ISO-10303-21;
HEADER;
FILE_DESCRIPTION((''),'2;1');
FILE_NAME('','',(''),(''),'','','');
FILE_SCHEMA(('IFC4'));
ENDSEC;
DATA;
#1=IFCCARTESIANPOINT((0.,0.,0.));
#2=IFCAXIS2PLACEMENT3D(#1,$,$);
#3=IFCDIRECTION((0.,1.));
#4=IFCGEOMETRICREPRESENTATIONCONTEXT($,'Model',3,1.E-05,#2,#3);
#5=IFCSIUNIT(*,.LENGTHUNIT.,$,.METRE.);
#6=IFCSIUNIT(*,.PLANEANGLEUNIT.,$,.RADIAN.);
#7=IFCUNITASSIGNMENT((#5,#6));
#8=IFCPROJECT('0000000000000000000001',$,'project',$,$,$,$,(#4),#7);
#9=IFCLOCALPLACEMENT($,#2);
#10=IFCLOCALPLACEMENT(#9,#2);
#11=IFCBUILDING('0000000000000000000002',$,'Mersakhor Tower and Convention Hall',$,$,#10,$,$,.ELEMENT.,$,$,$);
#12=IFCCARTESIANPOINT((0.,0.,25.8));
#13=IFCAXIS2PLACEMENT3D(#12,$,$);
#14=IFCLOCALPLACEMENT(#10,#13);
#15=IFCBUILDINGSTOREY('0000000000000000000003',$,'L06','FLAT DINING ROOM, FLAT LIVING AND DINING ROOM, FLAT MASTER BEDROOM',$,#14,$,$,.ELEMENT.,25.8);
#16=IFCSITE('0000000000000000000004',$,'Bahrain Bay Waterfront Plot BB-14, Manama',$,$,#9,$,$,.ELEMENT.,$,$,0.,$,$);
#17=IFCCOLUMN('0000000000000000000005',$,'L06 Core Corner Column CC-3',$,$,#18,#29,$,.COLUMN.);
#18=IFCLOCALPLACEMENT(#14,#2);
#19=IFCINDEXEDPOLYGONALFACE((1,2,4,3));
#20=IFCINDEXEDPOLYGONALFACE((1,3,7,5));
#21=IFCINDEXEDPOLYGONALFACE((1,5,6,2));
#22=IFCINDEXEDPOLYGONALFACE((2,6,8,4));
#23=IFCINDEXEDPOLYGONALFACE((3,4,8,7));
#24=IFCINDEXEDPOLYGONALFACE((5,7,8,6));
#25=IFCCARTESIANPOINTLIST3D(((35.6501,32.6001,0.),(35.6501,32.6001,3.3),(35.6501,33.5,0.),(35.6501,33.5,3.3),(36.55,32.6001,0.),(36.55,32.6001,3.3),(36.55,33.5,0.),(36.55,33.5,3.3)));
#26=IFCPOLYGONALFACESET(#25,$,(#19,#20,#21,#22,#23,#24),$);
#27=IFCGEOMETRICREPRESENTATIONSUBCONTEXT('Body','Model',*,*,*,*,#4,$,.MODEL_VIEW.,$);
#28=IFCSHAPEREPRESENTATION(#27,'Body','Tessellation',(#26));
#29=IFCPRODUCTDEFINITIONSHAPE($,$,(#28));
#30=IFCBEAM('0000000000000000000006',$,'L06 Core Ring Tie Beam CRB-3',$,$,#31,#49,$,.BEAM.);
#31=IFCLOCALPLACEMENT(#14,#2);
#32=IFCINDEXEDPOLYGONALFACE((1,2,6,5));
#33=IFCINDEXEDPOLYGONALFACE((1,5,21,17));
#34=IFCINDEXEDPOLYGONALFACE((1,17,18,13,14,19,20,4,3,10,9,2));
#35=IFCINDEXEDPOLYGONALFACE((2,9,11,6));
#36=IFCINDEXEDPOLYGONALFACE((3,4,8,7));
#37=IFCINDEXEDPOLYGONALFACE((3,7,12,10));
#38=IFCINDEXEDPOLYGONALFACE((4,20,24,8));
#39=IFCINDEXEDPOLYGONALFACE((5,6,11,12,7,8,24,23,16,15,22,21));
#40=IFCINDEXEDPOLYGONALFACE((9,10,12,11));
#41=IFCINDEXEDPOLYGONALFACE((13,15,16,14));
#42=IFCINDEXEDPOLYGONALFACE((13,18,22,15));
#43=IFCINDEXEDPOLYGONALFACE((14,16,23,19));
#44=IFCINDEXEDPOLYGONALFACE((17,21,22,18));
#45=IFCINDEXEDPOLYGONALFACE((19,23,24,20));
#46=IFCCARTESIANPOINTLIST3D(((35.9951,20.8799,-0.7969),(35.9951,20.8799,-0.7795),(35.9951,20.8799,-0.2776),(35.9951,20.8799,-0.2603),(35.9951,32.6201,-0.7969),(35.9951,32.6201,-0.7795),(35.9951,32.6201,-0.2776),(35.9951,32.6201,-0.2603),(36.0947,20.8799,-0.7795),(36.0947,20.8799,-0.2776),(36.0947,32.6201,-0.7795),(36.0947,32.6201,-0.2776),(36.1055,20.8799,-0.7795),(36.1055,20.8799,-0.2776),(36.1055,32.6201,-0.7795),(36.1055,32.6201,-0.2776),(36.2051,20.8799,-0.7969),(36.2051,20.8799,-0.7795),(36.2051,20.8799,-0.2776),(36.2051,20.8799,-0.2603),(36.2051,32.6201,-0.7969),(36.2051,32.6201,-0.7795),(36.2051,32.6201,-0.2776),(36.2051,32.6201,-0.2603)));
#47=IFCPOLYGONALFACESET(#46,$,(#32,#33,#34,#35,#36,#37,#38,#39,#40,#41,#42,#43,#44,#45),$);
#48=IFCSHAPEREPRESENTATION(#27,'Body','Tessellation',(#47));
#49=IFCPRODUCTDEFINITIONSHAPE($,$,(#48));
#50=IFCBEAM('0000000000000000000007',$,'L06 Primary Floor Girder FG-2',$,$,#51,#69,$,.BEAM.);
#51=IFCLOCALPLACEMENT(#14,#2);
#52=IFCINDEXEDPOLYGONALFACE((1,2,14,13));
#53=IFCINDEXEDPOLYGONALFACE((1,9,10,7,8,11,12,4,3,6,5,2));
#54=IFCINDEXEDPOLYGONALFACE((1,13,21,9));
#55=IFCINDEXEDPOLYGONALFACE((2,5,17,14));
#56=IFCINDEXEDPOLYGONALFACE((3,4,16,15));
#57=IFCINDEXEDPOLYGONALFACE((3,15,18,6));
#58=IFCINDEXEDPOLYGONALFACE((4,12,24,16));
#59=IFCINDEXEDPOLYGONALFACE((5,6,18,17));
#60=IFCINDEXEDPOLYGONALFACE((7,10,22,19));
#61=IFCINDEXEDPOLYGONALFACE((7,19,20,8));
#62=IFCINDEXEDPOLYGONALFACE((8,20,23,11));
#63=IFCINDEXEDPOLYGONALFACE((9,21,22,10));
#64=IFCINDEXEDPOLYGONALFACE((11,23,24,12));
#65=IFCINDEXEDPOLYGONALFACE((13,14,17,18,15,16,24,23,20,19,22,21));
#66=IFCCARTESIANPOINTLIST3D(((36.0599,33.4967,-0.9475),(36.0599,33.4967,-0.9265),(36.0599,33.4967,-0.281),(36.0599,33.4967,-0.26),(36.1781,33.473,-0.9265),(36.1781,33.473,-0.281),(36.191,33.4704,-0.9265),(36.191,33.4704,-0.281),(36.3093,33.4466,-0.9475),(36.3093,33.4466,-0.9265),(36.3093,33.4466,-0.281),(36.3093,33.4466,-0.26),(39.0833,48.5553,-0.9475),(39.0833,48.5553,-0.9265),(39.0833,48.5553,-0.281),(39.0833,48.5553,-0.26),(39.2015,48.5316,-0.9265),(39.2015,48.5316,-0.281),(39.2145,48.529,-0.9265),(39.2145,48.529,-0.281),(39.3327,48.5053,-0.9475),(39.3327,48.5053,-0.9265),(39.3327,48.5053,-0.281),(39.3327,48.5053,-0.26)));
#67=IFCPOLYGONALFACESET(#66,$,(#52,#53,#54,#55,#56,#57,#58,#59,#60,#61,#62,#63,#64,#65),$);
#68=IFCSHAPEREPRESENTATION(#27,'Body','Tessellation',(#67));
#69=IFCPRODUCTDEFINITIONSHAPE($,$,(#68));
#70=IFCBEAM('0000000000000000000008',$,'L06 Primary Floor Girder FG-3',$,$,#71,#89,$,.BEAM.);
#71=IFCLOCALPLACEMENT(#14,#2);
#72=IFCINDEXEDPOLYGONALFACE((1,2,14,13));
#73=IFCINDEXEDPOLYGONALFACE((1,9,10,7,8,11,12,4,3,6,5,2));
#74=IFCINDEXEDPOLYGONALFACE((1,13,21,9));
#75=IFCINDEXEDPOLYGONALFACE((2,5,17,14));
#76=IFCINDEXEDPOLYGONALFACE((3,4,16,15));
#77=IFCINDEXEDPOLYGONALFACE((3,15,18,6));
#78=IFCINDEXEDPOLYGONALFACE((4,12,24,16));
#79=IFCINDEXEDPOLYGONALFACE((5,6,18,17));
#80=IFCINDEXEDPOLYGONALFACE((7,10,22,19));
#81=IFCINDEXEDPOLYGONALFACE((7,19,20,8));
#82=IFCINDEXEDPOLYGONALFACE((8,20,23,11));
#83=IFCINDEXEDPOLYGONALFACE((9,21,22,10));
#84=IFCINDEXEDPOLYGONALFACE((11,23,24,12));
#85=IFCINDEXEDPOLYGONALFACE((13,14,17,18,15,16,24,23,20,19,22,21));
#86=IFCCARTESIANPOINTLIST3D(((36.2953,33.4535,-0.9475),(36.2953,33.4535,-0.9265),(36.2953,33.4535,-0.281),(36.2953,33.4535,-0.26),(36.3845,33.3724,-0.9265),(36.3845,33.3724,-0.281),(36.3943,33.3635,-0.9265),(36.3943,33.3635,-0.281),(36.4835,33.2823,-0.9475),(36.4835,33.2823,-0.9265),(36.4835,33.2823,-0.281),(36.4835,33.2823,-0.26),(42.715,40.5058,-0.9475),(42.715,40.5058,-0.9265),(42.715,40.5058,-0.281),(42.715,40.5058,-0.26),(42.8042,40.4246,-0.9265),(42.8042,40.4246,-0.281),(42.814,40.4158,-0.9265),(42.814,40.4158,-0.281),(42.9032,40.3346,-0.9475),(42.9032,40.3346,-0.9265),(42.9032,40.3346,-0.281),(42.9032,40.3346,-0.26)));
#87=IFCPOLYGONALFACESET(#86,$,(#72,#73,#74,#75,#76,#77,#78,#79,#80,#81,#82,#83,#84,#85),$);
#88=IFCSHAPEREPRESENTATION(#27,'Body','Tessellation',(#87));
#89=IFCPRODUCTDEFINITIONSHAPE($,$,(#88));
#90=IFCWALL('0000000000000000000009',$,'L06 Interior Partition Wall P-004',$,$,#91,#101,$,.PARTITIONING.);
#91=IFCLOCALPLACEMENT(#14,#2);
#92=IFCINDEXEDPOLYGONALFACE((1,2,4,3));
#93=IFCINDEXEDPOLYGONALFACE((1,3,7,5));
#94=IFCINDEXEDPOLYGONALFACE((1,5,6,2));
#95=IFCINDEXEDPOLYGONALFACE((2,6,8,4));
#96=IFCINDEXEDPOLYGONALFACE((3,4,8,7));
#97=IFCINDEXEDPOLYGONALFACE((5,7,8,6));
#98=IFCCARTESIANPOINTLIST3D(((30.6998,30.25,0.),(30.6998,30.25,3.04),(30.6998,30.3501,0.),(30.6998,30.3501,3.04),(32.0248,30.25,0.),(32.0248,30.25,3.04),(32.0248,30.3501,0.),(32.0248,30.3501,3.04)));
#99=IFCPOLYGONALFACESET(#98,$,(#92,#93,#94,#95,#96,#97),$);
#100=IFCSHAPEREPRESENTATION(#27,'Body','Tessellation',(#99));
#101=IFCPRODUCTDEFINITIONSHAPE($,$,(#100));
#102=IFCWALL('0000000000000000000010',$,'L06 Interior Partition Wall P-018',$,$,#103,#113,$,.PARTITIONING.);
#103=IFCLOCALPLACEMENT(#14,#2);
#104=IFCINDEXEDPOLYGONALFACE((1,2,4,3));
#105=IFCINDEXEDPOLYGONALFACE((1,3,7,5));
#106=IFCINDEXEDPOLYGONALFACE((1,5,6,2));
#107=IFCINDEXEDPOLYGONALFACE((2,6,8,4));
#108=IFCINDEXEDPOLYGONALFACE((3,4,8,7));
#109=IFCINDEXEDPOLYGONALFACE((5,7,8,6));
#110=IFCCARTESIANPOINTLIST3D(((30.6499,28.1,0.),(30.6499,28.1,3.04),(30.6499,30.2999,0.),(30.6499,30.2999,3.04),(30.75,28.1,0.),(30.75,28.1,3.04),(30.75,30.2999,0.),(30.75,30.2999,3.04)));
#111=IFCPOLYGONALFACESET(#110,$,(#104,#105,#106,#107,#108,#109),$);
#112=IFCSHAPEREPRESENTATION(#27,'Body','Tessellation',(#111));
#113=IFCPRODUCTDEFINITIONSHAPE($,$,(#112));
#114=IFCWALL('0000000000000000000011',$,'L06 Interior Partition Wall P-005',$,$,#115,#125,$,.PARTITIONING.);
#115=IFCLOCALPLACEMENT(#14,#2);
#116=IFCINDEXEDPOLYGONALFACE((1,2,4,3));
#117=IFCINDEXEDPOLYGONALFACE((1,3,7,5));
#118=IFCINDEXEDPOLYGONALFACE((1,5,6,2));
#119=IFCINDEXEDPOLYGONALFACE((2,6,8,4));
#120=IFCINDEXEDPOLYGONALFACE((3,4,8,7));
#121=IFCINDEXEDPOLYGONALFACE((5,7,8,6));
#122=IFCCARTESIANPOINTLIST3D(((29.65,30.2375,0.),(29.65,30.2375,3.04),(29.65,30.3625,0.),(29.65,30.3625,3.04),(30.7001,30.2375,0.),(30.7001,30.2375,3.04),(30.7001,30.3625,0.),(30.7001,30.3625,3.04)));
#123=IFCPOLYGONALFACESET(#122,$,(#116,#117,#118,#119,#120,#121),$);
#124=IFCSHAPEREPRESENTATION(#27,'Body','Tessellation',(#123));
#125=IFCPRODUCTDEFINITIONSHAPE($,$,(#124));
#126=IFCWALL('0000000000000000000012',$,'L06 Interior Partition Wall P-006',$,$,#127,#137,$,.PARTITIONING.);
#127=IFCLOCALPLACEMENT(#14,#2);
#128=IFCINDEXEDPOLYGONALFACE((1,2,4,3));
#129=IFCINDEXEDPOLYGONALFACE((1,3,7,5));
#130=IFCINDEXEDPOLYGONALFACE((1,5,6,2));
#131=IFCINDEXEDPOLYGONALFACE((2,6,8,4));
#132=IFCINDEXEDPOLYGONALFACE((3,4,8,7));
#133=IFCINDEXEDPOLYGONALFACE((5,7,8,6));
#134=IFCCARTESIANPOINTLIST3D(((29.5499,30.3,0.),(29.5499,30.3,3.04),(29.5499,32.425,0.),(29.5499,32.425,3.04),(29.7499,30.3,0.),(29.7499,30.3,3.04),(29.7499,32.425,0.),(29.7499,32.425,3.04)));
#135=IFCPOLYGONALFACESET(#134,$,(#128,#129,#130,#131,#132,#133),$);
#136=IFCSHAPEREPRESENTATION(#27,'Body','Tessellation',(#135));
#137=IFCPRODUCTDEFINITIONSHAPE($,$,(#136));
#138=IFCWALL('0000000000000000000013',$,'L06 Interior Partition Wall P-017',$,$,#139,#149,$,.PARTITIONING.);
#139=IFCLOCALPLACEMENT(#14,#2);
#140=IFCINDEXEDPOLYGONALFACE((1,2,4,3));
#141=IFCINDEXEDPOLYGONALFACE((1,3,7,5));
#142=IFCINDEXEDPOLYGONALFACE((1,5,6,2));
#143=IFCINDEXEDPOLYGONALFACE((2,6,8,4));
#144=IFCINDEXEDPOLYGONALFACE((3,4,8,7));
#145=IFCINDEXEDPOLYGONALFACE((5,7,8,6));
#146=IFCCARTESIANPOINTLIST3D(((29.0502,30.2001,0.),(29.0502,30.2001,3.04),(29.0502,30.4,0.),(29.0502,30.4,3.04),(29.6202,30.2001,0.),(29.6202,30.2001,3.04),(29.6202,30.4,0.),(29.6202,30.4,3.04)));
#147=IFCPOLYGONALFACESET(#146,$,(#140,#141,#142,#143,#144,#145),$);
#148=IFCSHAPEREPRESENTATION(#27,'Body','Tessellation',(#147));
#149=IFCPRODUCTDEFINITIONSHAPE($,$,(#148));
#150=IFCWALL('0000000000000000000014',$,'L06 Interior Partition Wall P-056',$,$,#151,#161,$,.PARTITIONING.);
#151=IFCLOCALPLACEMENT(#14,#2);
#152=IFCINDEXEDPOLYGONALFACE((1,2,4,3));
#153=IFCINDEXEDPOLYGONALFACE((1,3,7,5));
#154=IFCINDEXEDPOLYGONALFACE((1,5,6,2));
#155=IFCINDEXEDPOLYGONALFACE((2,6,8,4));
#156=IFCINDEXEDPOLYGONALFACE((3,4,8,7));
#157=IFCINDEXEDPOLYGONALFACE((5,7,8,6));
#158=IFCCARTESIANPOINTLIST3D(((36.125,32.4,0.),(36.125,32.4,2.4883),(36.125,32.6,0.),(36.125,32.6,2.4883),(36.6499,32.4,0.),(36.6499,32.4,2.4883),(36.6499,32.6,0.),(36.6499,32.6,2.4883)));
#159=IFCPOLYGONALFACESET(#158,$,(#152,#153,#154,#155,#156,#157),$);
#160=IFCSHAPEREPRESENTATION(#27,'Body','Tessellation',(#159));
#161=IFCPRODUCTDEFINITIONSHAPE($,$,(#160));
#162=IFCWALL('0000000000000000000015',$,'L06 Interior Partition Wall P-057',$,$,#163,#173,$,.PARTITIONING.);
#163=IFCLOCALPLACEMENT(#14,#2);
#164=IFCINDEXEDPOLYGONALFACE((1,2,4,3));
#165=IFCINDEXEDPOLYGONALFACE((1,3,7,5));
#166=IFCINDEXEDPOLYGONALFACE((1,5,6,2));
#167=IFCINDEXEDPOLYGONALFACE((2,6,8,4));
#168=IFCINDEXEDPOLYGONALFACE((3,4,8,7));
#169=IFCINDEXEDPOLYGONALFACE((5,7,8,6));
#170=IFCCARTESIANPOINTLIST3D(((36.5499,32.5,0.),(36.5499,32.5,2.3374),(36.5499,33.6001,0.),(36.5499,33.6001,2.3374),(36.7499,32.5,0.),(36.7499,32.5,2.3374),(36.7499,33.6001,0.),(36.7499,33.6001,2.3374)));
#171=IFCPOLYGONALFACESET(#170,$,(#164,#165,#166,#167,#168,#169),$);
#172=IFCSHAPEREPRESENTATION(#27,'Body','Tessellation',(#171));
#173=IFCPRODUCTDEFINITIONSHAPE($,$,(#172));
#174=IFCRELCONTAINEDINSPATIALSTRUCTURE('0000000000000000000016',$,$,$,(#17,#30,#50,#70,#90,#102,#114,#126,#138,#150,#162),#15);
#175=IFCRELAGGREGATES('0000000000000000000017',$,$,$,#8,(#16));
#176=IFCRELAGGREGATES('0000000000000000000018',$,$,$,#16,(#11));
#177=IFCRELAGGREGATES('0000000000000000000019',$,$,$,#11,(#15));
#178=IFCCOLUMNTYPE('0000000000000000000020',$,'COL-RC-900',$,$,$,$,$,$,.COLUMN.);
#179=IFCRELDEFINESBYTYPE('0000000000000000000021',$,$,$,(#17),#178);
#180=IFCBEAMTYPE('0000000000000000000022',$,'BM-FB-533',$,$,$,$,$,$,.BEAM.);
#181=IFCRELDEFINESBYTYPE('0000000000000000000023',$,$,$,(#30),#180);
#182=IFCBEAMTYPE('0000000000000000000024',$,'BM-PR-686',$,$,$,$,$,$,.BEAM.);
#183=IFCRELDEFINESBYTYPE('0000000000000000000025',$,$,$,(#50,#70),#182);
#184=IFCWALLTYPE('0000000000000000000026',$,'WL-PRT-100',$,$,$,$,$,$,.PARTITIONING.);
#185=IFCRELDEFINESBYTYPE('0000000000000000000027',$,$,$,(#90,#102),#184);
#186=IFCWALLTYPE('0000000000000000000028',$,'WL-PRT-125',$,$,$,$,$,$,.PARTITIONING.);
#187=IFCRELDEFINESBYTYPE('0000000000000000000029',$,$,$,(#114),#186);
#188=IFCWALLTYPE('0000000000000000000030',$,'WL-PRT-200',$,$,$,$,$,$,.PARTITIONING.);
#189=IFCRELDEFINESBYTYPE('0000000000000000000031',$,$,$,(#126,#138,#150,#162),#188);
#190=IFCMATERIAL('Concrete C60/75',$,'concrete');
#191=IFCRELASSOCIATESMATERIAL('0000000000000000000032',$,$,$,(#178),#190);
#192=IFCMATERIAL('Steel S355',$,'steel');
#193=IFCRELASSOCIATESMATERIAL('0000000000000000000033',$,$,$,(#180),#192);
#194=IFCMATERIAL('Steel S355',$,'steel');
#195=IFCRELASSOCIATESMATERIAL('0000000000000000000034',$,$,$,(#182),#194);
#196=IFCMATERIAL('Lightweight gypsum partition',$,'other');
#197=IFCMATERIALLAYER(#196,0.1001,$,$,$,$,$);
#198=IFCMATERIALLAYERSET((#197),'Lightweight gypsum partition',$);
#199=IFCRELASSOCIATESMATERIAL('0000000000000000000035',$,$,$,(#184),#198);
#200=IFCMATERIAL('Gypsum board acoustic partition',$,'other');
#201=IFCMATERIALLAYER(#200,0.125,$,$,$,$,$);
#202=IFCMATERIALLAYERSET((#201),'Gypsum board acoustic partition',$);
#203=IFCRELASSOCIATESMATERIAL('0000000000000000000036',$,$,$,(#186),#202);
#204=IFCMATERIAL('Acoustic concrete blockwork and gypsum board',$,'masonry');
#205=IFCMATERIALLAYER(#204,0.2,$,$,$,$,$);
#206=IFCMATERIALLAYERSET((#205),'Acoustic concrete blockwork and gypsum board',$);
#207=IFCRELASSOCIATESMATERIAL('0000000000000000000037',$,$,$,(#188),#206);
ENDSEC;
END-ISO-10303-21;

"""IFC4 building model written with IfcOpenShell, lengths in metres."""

from ifc_helpers import new_model, si_unit, direction, frame, frame_2d, origin, origin_2d, place, context, subcontext, project, spatial, rectangle, i_section, extrude, material, layer, layer_set, material_profile, profile_set, type_object, element, save


model = new_model("IFC4")

# Units and contexts
model_context = context("Model", 3, precision=1e-05, world=origin(), true_north=direction((0.0, 1.0)))
body_context = subcontext(model_context, "Body", "Model", "MODEL_VIEW")
ifc_project = project(units=[si_unit("LENGTHUNIT", "METRE"), si_unit("PLANEANGLEUNIT", "RADIAN")], contexts=[model_context])

# Site, building, storey
site_placement = place(None, origin())
site = spatial("IfcSite", under=ifc_project, at=site_placement, Name="Bahrain Bay Waterfront Plot BB-14, Manama", CompositionType="ELEMENT", RefElevation=0.0)
building_placement = place(site_placement, origin())
building = spatial("IfcBuilding", under=site, at=building_placement, Name="Mersakhor Tower and Convention Hall", CompositionType="ELEMENT")
storey_placement = place(building_placement, frame((0.0, 0.0, 25.8)))
storey = spatial("IfcBuildingStorey", under=building, at=storey_placement, Name="L06", Description="FLAT DINING ROOM, FLAT LIVING AND DINING ROOM, FLAT MASTER BEDROOM", CompositionType="ELEMENT", Elevation=25.8)

# Column
ifc_material_1 = material(Name="Concrete C60/75", Category="concrete")
ifc_material_profile_1 = material_profile(ifc_material_1, rectangle(XDim=0.8999, YDim=0.8999, at=origin_2d()), Name="RC 900x900")
ifc_profile_set_1 = profile_set([ifc_material_profile_1], Name="Concrete C60/75")
column_type = type_object("IfcColumnType", Name="COL-RC-900", PredefinedType="COLUMN", material=ifc_profile_set_1)
column_placement = place(storey_placement, frame((36.1001, 33.05, 0.0), z_axis=(0.0, 0.0, 1.0), x_axis=(1.0, 0.0, 0.0)))
element("IfcColumn", 1, at=column_placement, inside=storey, type_object=column_type, Name="L06 Core Corner Column CC-3", PredefinedType="COLUMN", context=body_context, shape_type="SweptSolid", body=[
    extrude(rectangle(XDim=0.8999, YDim=0.8999, at=origin_2d()), origin(), (0.0, 0.0, 1.0), 3.3),
])

# Beams
ifc_material_2 = material(Name="Steel S355", Category="steel")
ifc_material_profile_2 = material_profile(ifc_material_2, i_section(OverallWidth=0.21, OverallDepth=0.5366, WebThickness=0.0107, FlangeThickness=0.0173, at=origin_2d()), Name="UB 533x210x101")
ifc_profile_set_2 = profile_set([ifc_material_profile_2], Name="Steel S355")
beam_type_1 = type_object("IfcBeamType", Name="BM-FB-533", PredefinedType="BEAM", material=ifc_profile_set_2)
beam_1_placement = place(storey_placement, frame((36.1001, 32.6201, -0.5286), z_axis=(0.0, -1.0, 0.0), x_axis=(1.0, 0.0, 0.0)))
element("IfcBeam", 2, at=beam_1_placement, inside=storey, type_object=beam_type_1, Name="L06 Core Ring Tie Beam CRB-3", PredefinedType="BEAM", context=body_context, shape_type="SweptSolid", body=[
    extrude(i_section(OverallWidth=0.21, OverallDepth=0.5366, WebThickness=0.0107, FlangeThickness=0.0173, at=origin_2d()), origin(), (0.0, 0.0, 1.0), 11.7402),
])
ifc_material_3 = material(Name="Steel S355", Category="steel")
ifc_material_profile_3 = material_profile(ifc_material_3, i_section(OverallWidth=0.2544, OverallDepth=0.6875, WebThickness=0.0132, FlangeThickness=0.021, at=origin_2d()), Name="UB 686x254x152")
ifc_profile_set_3 = profile_set([ifc_material_profile_3], Name="Steel S355")
beam_type_2 = type_object("IfcBeamType", Name="BM-PR-686", PredefinedType="BEAM", material=ifc_profile_set_3)
beam_2_placement = place(storey_placement, frame((36.1846, 33.4717, -0.6038), z_axis=(0.19685, 0.980434, 0.0), x_axis=(-0.980434, 0.19685, 0.0)))
element("IfcBeam", 3, at=beam_2_placement, inside=storey, type_object=beam_type_2, Name="L06 Primary Floor Girder FG-2", PredefinedType="BEAM", context=body_context, shape_type="SweptSolid", body=[
    extrude(i_section(OverallWidth=0.2544, OverallDepth=0.6875, WebThickness=0.0132, FlangeThickness=0.021, at=origin_2d()), origin(), (0.0, 0.0, 1.0), 15.3591),
])
beam_3_placement = place(storey_placement, frame((36.3894, 33.3679, -0.6038), z_axis=(0.673163, 0.739494, 0.0), x_axis=(-0.739494, 0.673163, 0.0)))
element("IfcBeam", 4, at=beam_3_placement, inside=storey, type_object=beam_type_2, Name="L06 Primary Floor Girder FG-3", PredefinedType="BEAM", context=body_context, shape_type="SweptSolid", body=[
    extrude(i_section(OverallWidth=0.2544, OverallDepth=0.6875, WebThickness=0.0132, FlangeThickness=0.021, at=origin_2d()), origin(), (0.0, 0.0, 1.0), 9.5366),
])

# Walls
ifc_material_4 = material(Name="Lightweight gypsum partition", Category="other")
ifc_layer_1 = layer(ifc_material_4, 0.1001)
ifc_layer_set_1 = layer_set([ifc_layer_1], Name="Lightweight gypsum partition")
wall_type_1 = type_object("IfcWallType", Name="WL-PRT-100", PredefinedType="PARTITIONING", material=ifc_layer_set_1)
wall_1_placement = place(storey_placement, frame((32.0249, 30.3, 0.0), z_axis=(0.0, 0.0, 1.0), x_axis=(-1.0, 0.0, 0.0)))
element("IfcWall", 5, at=wall_1_placement, inside=storey, type_object=wall_type_1, Name="L06 Interior Partition Wall P-004", PredefinedType="PARTITIONING", context=body_context, shape_type="SweptSolid", body=[
    extrude(rectangle(XDim=1.325, YDim=0.1001, at=frame_2d((0.6626, 0.0))), origin(), (0.0, 0.0, 1.0), 3.04),
])
wall_2_placement = place(storey_placement, frame((30.7, 30.3, 0.0), z_axis=(0.0, 0.0, 1.0), x_axis=(0.0, -1.0, 0.0)))
element("IfcWall", 6, at=wall_2_placement, inside=storey, type_object=wall_type_1, Name="L06 Interior Partition Wall P-018", PredefinedType="PARTITIONING", context=body_context, shape_type="SweptSolid", body=[
    extrude(rectangle(XDim=2.2, YDim=0.1001, at=frame_2d((1.1001, 0.0))), origin(), (0.0, 0.0, 1.0), 3.04),
])
ifc_material_5 = material(Name="Gypsum board acoustic partition", Category="other")
ifc_layer_2 = layer(ifc_material_5, 0.125)
ifc_layer_set_2 = layer_set([ifc_layer_2], Name="Gypsum board acoustic partition")
wall_type_2 = type_object("IfcWallType", Name="WL-PRT-125", PredefinedType="PARTITIONING", material=ifc_layer_set_2)
wall_3_placement = place(storey_placement, frame((30.7, 30.3, 0.0), z_axis=(0.0, 0.0, 1.0), x_axis=(-1.0, 0.0, 0.0)))
element("IfcWall", 7, at=wall_3_placement, inside=storey, type_object=wall_type_2, Name="L06 Interior Partition Wall P-005", PredefinedType="PARTITIONING", context=body_context, shape_type="SweptSolid", body=[
    extrude(rectangle(XDim=1.05, YDim=0.125, at=frame_2d((0.5249, 0.0))), origin(), (0.0, 0.0, 1.0), 3.04),
])
ifc_material_6 = material(Name="Acoustic concrete blockwork and gypsum board", Category="masonry")
ifc_layer_3 = layer(ifc_material_6, 0.2)
ifc_layer_set_3 = layer_set([ifc_layer_3], Name="Acoustic concrete blockwork and gypsum board")
wall_type_3 = type_object("IfcWallType", Name="WL-PRT-200", PredefinedType="PARTITIONING", material=ifc_layer_set_3)
wall_4_placement = place(storey_placement, frame((29.6499, 30.3, 0.0), z_axis=(0.0, 0.0, 1.0), x_axis=(0.0, 1.0, 0.0)))
element("IfcWall", 8, at=wall_4_placement, inside=storey, type_object=wall_type_3, Name="L06 Interior Partition Wall P-006", PredefinedType="PARTITIONING", context=body_context, shape_type="SweptSolid", body=[
    extrude(rectangle(XDim=2.125, YDim=0.2, at=frame_2d((1.0625, 0.0))), origin(), (0.0, 0.0, 1.0), 3.04),
])
wall_5_placement = place(storey_placement, frame((29.05, 30.3, 0.0), z_axis=(0.0, 0.0, 1.0), x_axis=(1.0, 0.0, 0.0)))
element("IfcWall", 9, at=wall_5_placement, inside=storey, type_object=wall_type_3, Name="L06 Interior Partition Wall P-017", PredefinedType="PARTITIONING", context=body_context, shape_type="SweptSolid", body=[
    extrude(rectangle(XDim=0.5701, YDim=0.2, at=frame_2d((0.2852, 0.0))), origin(), (0.0, 0.0, 1.0), 3.04),
])
wall_6_placement = place(storey_placement, frame((36.125, 32.5, 0.0), z_axis=(0.0, 0.0, 1.0), x_axis=(1.0, 0.0, 0.0)))
element("IfcWall", 10, at=wall_6_placement, inside=storey, type_object=wall_type_3, Name="L06 Interior Partition Wall P-056", PredefinedType="PARTITIONING", context=body_context, shape_type="SweptSolid", body=[
    extrude(rectangle(XDim=0.5249, YDim=0.2, at=frame_2d((0.2625, 0.0))), origin(), (0.0, 0.0, 1.0), 2.4883),
])
wall_7_placement = place(storey_placement, frame((36.6499, 32.5, 0.0), z_axis=(0.0, 0.0, 1.0), x_axis=(0.0, 1.0, 0.0)))
element("IfcWall", 11, at=wall_7_placement, inside=storey, type_object=wall_type_3, Name="L06 Interior Partition Wall P-057", PredefinedType="PARTITIONING", context=body_context, shape_type="SweptSolid", body=[
    extrude(rectangle(XDim=1.1001, YDim=0.2, at=frame_2d((0.55, 0.0))), origin(), (0.0, 0.0, 1.0), 2.3374),
])

save(model, "model.ifc")
